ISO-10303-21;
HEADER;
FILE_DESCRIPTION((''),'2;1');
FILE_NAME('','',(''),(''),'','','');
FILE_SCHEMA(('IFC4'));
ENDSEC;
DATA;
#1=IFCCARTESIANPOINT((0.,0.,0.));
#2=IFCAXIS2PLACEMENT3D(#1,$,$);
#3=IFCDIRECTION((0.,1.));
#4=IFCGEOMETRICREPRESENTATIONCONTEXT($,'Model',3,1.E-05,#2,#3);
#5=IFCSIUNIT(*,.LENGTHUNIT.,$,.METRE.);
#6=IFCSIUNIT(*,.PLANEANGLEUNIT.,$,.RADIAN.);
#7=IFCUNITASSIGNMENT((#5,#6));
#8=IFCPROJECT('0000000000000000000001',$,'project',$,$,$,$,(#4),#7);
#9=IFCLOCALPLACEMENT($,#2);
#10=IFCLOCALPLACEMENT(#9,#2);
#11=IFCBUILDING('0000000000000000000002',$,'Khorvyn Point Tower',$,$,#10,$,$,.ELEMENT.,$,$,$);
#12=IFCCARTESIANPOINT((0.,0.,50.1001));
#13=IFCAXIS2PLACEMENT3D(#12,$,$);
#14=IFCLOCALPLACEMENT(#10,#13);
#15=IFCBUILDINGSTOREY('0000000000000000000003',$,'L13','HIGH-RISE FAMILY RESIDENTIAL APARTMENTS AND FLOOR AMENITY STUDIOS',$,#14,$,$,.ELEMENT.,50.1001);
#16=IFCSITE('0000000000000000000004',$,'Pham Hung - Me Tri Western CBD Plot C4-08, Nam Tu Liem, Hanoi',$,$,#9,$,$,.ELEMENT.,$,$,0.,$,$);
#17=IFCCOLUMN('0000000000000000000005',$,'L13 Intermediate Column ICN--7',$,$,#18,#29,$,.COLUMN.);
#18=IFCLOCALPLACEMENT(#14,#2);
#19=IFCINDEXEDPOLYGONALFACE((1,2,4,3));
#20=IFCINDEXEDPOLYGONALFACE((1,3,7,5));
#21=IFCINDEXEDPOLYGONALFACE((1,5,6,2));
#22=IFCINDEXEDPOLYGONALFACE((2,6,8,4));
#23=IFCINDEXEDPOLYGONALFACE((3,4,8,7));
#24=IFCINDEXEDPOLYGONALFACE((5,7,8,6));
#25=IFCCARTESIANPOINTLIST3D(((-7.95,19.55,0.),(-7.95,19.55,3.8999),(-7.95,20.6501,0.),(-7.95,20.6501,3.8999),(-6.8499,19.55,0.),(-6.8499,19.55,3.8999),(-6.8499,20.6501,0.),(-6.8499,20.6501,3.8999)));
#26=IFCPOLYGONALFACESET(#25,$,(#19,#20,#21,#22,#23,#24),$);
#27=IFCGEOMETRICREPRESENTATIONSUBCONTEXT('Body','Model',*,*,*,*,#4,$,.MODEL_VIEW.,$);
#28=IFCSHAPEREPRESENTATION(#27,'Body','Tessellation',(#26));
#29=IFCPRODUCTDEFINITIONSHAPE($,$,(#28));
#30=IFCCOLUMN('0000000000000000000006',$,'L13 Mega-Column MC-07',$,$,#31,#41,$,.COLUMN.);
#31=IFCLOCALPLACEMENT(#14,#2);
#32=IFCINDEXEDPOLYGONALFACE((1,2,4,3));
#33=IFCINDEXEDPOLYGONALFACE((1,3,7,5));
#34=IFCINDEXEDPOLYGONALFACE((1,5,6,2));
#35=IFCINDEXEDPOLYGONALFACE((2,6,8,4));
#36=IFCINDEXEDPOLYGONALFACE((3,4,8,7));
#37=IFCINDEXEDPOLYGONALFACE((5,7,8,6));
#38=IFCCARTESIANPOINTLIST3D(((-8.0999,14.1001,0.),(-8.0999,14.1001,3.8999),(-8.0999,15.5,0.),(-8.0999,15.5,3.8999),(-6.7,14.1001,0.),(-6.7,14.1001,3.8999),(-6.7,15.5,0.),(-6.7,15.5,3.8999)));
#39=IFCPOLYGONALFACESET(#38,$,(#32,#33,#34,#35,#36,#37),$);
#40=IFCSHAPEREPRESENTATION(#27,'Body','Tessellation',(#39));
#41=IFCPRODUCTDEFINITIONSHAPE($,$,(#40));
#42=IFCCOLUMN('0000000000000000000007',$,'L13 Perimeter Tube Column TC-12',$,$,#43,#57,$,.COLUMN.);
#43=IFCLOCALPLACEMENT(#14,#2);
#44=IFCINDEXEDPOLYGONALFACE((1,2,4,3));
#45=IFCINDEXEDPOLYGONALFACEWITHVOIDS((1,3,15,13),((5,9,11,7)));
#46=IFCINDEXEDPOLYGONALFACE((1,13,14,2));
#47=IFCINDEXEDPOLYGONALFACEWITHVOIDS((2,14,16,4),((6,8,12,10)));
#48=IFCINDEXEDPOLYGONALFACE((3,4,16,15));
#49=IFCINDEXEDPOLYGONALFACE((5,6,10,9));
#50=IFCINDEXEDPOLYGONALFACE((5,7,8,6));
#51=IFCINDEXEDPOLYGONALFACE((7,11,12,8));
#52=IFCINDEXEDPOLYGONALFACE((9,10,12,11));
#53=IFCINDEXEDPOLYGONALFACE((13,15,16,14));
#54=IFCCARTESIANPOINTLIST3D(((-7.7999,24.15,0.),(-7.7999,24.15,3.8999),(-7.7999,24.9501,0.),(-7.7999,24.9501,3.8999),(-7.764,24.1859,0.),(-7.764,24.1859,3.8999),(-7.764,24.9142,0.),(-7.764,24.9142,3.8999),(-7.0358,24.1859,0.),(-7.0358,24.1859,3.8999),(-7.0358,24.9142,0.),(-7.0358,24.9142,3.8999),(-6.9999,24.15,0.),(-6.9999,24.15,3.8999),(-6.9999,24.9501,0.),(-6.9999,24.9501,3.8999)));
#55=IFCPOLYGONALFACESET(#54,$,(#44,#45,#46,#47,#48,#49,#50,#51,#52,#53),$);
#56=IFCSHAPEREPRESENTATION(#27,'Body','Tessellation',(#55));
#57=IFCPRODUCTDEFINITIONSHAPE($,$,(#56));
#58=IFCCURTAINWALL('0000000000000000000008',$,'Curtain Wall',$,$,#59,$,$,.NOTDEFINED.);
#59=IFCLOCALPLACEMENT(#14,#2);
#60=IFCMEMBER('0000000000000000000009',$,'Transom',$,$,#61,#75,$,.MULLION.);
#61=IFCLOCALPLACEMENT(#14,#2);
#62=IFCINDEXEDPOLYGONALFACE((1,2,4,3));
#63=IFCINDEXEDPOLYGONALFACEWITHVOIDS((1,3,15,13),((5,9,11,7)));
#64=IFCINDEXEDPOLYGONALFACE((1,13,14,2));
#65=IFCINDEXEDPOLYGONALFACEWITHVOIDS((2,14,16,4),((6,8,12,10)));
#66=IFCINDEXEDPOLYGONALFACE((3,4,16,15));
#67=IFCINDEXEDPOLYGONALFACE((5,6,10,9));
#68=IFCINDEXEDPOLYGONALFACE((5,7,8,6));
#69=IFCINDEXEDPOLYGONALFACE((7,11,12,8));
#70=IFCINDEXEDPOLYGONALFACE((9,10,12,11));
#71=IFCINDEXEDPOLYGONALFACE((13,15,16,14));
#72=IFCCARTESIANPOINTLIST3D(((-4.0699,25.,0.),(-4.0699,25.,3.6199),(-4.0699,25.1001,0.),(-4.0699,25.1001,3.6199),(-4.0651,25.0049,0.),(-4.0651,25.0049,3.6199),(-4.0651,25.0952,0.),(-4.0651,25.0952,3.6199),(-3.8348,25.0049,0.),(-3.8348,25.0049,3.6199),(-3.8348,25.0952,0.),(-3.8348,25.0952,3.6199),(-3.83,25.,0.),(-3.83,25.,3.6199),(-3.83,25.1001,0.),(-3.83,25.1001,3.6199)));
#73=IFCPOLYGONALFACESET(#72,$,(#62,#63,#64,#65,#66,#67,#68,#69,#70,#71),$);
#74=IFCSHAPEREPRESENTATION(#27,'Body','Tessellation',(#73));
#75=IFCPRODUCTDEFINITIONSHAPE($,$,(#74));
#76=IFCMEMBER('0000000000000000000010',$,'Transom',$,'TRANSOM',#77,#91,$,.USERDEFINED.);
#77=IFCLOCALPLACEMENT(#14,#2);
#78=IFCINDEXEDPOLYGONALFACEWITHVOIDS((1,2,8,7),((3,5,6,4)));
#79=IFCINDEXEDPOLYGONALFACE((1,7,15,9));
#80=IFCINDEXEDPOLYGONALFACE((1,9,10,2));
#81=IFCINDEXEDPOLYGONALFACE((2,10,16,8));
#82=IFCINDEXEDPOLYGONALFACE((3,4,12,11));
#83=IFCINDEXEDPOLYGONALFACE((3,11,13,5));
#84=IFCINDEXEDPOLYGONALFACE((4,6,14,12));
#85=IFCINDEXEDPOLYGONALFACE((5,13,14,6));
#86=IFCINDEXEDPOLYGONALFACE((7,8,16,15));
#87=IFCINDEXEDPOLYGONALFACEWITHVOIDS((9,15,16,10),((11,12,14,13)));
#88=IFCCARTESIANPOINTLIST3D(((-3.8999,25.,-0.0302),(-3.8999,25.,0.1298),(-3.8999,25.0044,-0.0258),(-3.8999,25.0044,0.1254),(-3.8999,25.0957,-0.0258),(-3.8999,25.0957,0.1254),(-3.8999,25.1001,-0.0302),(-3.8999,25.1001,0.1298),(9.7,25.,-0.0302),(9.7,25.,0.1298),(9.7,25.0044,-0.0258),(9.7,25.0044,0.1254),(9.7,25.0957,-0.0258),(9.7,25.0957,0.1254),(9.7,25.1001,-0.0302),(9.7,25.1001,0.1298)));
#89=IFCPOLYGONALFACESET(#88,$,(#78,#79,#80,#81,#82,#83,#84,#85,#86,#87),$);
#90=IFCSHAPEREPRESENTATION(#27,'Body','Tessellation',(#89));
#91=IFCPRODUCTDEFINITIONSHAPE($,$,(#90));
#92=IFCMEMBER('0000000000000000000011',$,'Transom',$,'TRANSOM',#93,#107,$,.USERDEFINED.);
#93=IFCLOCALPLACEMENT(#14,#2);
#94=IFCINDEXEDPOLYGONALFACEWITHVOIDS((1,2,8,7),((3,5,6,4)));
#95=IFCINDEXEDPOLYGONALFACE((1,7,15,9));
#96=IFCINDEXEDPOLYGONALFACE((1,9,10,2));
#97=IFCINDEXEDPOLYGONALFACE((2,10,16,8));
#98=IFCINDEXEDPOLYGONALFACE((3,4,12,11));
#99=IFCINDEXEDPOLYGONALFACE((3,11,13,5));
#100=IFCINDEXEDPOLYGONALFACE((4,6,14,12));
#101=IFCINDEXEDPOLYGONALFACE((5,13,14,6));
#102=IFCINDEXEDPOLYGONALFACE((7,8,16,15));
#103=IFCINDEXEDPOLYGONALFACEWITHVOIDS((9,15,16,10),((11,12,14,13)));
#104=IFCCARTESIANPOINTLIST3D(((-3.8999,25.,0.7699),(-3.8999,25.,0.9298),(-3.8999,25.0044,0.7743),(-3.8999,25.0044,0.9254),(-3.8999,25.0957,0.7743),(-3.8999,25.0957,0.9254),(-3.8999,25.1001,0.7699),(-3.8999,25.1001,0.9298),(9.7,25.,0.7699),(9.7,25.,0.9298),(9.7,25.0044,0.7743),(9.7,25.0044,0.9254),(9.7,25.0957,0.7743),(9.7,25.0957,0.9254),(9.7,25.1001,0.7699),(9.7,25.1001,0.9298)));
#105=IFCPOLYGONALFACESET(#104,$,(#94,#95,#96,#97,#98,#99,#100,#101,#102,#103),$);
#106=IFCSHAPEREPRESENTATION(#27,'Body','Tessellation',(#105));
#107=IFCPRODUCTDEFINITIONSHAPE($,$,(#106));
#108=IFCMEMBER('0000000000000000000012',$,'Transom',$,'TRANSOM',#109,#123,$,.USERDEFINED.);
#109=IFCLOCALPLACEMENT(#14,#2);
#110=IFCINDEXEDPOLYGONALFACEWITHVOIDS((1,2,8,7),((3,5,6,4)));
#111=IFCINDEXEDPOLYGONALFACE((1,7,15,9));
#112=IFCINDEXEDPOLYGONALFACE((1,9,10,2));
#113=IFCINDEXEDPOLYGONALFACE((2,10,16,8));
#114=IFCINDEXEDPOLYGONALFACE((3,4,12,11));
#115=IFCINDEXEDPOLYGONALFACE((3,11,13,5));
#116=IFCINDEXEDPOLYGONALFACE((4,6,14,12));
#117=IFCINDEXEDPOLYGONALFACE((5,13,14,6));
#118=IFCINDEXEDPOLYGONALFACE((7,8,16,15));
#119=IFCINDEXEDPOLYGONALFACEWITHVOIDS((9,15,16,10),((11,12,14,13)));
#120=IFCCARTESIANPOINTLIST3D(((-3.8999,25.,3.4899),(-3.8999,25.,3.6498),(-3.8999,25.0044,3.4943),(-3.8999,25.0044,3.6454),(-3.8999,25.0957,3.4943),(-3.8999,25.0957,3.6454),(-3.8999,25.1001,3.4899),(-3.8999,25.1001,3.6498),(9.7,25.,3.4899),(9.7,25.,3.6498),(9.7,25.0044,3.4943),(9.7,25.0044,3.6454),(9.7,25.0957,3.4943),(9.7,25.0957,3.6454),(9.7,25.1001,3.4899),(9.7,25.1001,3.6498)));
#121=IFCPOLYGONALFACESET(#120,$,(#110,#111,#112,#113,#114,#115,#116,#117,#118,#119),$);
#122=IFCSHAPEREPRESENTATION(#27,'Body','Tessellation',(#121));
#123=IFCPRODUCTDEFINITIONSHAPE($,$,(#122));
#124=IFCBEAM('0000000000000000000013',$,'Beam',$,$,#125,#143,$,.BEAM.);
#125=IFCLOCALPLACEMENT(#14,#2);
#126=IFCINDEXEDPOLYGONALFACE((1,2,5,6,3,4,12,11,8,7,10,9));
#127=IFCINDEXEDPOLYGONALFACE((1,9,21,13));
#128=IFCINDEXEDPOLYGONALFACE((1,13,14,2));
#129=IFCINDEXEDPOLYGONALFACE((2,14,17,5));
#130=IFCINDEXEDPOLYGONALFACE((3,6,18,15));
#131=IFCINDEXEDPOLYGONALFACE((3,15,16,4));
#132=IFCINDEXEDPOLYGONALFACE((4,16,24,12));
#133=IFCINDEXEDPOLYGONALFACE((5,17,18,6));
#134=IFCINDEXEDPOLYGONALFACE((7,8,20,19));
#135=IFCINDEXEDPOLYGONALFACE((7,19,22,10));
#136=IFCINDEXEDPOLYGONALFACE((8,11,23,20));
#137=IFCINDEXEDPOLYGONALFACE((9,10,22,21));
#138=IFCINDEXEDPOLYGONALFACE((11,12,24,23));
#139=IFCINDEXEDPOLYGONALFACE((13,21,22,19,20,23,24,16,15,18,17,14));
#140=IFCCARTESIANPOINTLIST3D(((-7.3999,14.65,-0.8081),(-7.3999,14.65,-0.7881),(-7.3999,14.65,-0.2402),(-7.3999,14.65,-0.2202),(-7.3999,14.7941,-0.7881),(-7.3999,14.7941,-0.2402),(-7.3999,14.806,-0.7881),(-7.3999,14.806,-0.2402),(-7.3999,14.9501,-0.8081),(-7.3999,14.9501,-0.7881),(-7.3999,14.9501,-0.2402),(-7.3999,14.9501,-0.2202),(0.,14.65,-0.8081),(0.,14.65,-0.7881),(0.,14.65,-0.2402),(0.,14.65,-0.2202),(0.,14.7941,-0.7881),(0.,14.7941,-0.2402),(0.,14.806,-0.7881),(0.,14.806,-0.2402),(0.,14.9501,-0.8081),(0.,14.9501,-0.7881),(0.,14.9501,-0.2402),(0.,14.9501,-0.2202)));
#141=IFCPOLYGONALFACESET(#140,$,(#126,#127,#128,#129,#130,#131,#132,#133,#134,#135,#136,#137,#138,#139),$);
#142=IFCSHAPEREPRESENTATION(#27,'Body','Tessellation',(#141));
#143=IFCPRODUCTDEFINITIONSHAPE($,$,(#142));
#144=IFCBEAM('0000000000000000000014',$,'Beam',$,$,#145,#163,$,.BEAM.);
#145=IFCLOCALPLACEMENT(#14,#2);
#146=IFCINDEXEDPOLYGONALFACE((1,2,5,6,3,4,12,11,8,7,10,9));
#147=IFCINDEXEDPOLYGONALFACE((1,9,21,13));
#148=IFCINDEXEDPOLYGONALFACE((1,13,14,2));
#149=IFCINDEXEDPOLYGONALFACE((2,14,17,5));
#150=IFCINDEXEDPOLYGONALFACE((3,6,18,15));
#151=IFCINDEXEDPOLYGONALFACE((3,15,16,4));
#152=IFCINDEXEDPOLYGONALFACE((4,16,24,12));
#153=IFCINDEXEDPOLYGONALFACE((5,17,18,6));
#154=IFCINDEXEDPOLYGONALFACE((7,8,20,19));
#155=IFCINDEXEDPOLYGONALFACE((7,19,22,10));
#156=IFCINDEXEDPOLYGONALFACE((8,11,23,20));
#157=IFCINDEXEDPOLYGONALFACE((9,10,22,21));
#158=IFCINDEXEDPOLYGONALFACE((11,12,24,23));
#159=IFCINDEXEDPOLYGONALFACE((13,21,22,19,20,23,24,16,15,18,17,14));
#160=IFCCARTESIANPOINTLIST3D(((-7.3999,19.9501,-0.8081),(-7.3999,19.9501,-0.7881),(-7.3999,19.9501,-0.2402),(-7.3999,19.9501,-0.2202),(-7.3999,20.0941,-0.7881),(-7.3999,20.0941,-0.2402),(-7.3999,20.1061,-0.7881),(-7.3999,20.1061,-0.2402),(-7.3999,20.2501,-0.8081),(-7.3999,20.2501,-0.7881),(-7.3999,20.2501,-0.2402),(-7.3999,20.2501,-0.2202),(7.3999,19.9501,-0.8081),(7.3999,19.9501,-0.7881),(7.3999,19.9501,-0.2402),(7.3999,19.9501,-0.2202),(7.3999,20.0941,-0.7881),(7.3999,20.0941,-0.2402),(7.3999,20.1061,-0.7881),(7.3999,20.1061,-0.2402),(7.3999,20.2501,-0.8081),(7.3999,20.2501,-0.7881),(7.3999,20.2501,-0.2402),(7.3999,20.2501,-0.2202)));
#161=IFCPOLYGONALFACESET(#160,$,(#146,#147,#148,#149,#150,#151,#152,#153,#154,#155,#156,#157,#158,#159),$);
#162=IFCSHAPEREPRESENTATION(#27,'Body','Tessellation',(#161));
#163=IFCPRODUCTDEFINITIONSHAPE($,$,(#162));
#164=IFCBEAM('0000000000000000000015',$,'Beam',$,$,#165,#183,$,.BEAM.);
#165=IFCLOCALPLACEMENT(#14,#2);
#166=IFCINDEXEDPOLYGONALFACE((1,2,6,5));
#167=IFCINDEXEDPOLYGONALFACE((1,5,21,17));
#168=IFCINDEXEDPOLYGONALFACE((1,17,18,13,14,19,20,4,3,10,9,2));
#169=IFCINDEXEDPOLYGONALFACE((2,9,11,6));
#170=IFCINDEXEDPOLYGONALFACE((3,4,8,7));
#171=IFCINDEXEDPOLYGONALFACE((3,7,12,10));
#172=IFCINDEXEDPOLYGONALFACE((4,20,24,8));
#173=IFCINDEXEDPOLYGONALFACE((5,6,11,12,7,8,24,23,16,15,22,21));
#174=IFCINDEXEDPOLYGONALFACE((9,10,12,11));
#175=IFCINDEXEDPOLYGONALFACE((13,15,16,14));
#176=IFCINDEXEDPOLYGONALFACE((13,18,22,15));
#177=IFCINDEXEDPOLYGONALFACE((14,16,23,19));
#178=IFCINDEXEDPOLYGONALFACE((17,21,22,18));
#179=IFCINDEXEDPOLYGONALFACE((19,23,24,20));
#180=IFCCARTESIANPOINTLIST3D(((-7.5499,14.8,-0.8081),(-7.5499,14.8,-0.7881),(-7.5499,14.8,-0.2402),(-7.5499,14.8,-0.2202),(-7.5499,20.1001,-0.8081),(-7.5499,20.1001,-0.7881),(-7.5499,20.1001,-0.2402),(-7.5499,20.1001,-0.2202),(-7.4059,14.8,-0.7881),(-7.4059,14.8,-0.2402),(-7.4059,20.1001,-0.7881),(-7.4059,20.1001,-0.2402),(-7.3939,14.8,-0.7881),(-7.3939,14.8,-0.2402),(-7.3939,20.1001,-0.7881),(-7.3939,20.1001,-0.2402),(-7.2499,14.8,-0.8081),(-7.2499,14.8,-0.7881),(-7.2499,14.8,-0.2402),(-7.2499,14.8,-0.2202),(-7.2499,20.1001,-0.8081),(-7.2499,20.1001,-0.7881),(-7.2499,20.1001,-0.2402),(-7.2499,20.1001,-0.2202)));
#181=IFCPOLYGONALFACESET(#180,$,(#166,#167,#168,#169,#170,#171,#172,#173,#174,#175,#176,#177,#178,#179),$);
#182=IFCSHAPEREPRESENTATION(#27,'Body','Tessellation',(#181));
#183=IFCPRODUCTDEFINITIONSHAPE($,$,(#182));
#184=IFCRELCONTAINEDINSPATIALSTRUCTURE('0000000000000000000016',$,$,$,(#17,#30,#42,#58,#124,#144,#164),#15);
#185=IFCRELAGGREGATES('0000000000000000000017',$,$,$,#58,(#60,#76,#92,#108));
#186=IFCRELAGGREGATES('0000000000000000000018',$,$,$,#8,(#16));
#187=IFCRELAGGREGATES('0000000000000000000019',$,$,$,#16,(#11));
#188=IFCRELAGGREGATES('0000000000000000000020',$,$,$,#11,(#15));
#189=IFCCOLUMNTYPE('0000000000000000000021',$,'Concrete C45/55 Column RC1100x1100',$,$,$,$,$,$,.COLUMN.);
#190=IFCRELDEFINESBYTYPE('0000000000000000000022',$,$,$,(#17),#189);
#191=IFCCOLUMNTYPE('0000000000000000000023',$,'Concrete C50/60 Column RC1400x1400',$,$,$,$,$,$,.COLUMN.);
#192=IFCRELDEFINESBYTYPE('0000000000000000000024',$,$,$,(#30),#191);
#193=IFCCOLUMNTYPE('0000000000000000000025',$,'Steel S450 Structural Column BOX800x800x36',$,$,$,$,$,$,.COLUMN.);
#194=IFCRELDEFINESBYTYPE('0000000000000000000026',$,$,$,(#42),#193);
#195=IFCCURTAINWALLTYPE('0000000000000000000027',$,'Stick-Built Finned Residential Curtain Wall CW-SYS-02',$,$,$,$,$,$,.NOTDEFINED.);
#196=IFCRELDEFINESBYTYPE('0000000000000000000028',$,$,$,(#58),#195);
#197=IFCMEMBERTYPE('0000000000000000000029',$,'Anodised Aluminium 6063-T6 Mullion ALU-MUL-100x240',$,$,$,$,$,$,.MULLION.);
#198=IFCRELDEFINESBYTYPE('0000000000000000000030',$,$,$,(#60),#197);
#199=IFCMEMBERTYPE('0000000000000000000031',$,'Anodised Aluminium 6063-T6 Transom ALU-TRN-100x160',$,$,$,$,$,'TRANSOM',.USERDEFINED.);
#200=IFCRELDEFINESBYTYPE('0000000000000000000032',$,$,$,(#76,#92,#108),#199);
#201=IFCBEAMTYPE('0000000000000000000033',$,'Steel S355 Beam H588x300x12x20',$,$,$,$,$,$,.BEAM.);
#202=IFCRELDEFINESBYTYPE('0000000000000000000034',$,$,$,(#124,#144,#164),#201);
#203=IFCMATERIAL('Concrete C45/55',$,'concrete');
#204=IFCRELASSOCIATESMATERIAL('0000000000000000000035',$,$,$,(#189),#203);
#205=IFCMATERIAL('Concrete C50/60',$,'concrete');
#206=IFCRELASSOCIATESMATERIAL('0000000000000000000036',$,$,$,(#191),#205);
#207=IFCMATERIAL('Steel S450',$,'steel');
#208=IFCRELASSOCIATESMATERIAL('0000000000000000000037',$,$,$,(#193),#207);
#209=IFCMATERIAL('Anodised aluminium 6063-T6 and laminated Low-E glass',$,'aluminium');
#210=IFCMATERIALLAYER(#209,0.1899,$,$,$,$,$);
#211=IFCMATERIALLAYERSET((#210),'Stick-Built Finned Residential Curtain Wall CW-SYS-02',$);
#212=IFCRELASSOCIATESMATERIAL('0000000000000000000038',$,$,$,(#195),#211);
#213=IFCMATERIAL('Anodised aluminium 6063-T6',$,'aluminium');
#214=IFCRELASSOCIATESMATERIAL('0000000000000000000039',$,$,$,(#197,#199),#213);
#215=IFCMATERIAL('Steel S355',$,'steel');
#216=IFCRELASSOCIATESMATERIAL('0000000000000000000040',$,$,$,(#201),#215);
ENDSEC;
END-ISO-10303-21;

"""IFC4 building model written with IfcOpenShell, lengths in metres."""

from ifc_helpers import new_model, si_unit, direction, frame, origin, origin_2d, place, context, subcontext, project, spatial, rectangle, hollow_rectangle, i_section, extrude, material, layer, layer_set, material_profile, profile_set, type_object, element, aggregate, save


model = new_model("IFC4")

# Units and contexts
model_context = context("Model", 3, precision=1e-05, world=origin(), true_north=direction((0.0, 1.0)))
body_context = subcontext(model_context, "Body", "Model", "MODEL_VIEW")
ifc_project = project(units=[si_unit("LENGTHUNIT", "METRE"), si_unit("PLANEANGLEUNIT", "RADIAN")], contexts=[model_context])

# Site, building, storey
site_placement = place(None, origin())
site = spatial("IfcSite", under=ifc_project, at=site_placement, Name="Pham Hung - Me Tri Western CBD Plot C4-08, Nam Tu Liem, Hanoi", CompositionType="ELEMENT", RefElevation=0.0)
building_placement = place(site_placement, origin())
building = spatial("IfcBuilding", under=site, at=building_placement, Name="Khorvyn Point Tower", CompositionType="ELEMENT")
storey_placement = place(building_placement, frame((0.0, 0.0, 50.1001)))
storey = spatial("IfcBuildingStorey", under=building, at=storey_placement, Name="L13", Description="HIGH-RISE FAMILY RESIDENTIAL APARTMENTS AND FLOOR AMENITY STUDIOS", CompositionType="ELEMENT", Elevation=50.1001)

# Columns
ifc_material_1 = material(Name="Concrete C45/55", Category="concrete")
ifc_material_profile_1 = material_profile(ifc_material_1, rectangle(XDim=1.1001, YDim=1.1001, at=origin_2d()))
ifc_profile_set_1 = profile_set([ifc_material_profile_1], Name="Concrete C45/55 RC1100x1100")
column_type_1 = type_object("IfcColumnType", Name="Concrete C45/55 Column RC1100x1100", PredefinedType="COLUMN", material=ifc_profile_set_1)
column_1_placement = place(storey_placement, frame((-7.3999, 20.1001, 0.0), z_axis=(0.0, 0.0, 1.0), x_axis=(1.0, 0.0, 0.0)))
element("IfcColumn", 1, at=column_1_placement, inside=storey, type_object=column_type_1, Name="L13 Intermediate Column ICN--7", PredefinedType="COLUMN", context=body_context, shape_type="SweptSolid", body=[
    extrude(rectangle(XDim=1.1001, YDim=1.1001, at=origin_2d()), origin(), (0.0, 0.0, 1.0), 3.8999),
])
ifc_material_2 = material(Name="Concrete C50/60", Category="concrete")
ifc_material_profile_2 = material_profile(ifc_material_2, rectangle(XDim=1.3999, YDim=1.3999, at=origin_2d()))
ifc_profile_set_2 = profile_set([ifc_material_profile_2], Name="Concrete C50/60 RC1400x1400")
column_type_2 = type_object("IfcColumnType", Name="Concrete C50/60 Column RC1400x1400", PredefinedType="COLUMN", material=ifc_profile_set_2)
column_2_placement = place(storey_placement, frame((-7.3999, 14.8, 0.0), z_axis=(0.0, 0.0, 1.0), x_axis=(1.0, 0.0, 0.0)))
element("IfcColumn", 2, at=column_2_placement, inside=storey, type_object=column_type_2, Name="L13 Mega-Column MC-07", PredefinedType="COLUMN", context=body_context, shape_type="SweptSolid", body=[
    extrude(rectangle(XDim=1.3999, YDim=1.3999, at=origin_2d()), origin(), (0.0, 0.0, 1.0), 3.8999),
])
ifc_material_3 = material(Name="Steel S450", Category="steel")
ifc_material_profile_3 = material_profile(ifc_material_3, hollow_rectangle(XDim=0.8, YDim=0.8, WallThickness=0.0359, at=origin_2d()))
ifc_profile_set_3 = profile_set([ifc_material_profile_3], Name="Steel S450 BOX800x800x36")
column_type_3 = type_object("IfcColumnType", Name="Steel S450 Structural Column BOX800x800x36", PredefinedType="COLUMN", material=ifc_profile_set_3)
column_3_placement = place(storey_placement, frame((-7.3999, 24.55, 0.0), z_axis=(0.0, 0.0, 1.0), x_axis=(1.0, 0.0, 0.0)))
element("IfcColumn", 3, at=column_3_placement, inside=storey, type_object=column_type_3, Name="L13 Perimeter Tube Column TC-12", PredefinedType="COLUMN", context=body_context, shape_type="SweptSolid", body=[
    extrude(hollow_rectangle(XDim=0.8, YDim=0.8, WallThickness=0.0359, at=origin_2d()), origin(), (0.0, 0.0, 1.0), 3.8999),
])

# Curtain wall, members
ifc_material_4 = material(Name="Anodised aluminium 6063-T6 and laminated Low-E glass", Category="aluminium")
ifc_layer_1 = layer(ifc_material_4, 0.1899)
ifc_layer_set_1 = layer_set([ifc_layer_1], Name="Stick-Built Finned Residential Curtain Wall CW-SYS-02")
curtain_wall_type = type_object("IfcCurtainWallType", Name="Stick-Built Finned Residential Curtain Wall CW-SYS-02", PredefinedType="NOTDEFINED", material=ifc_layer_set_1)
curtain_wall_placement = place(storey_placement, origin())
curtain_wall = element("IfcCurtainWall", 4, at=curtain_wall_placement, inside=storey, type_object=curtain_wall_type, Name="Curtain Wall", PredefinedType="NOTDEFINED")
ifc_material_5 = material(Name="Anodised aluminium 6063-T6", Category="aluminium")
ifc_material_profile_4 = material_profile(ifc_material_5, hollow_rectangle(XDim=0.1001, YDim=0.24, WallThickness=0.0049, at=origin_2d()))
ifc_profile_set_4 = profile_set([ifc_material_profile_4], Name="Anodised aluminium 6063-T6 ALU-MUL-100x240")
member_type_1 = type_object("IfcMemberType", Name="Anodised Aluminium 6063-T6 Mullion ALU-MUL-100x240", PredefinedType="MULLION", material=ifc_profile_set_4)
member_1_placement = place(storey_placement, frame((-3.95, 25.05, 0.0), z_axis=(0.0, 0.0, 1.0), x_axis=(0.0, 1.0, 0.0)))
member_1 = element("IfcMember", 5, at=member_1_placement, type_object=member_type_1, Name="Transom", PredefinedType="MULLION", context=body_context, shape_type="SweptSolid", body=[
    extrude(hollow_rectangle(XDim=0.1001, YDim=0.24, WallThickness=0.0049, at=origin_2d()), origin(), (0.0, 0.0, 1.0), 3.6199),
])
ifc_material_profile_5 = material_profile(ifc_material_5, hollow_rectangle(XDim=0.1001, YDim=0.1599, WallThickness=0.0044, at=origin_2d()))
ifc_profile_set_5 = profile_set([ifc_material_profile_5], Name="Anodised aluminium 6063-T6 ALU-TRN-100x160")
member_type_2 = type_object("IfcMemberType", Name="Anodised Aluminium 6063-T6 Transom ALU-TRN-100x160", ElementType="TRANSOM", PredefinedType="USERDEFINED", material=ifc_profile_set_5)
member_2_placement = place(storey_placement, frame((-3.8999, 25.05, 0.0498), z_axis=(1.0, 0.0, 0.0), x_axis=(0.0, 1.0, 0.0)))
member_2 = element("IfcMember", 6, at=member_2_placement, type_object=member_type_2, Name="Transom", ObjectType="TRANSOM", PredefinedType="USERDEFINED", context=body_context, shape_type="SweptSolid", body=[
    extrude(hollow_rectangle(XDim=0.1001, YDim=0.1599, WallThickness=0.0044, at=origin_2d()), origin(), (0.0, 0.0, 1.0), 13.5999),
])
member_3_placement = place(storey_placement, frame((-3.8999, 25.05, 0.8499), z_axis=(1.0, 0.0, 0.0), x_axis=(0.0, 1.0, 0.0)))
member_3 = element("IfcMember", 7, at=member_3_placement, type_object=member_type_2, Name="Transom", ObjectType="TRANSOM", PredefinedType="USERDEFINED", context=body_context, shape_type="SweptSolid", body=[
    extrude(hollow_rectangle(XDim=0.1001, YDim=0.1599, WallThickness=0.0044, at=origin_2d()), origin(), (0.0, 0.0, 1.0), 13.5999),
])
member_4_placement = place(storey_placement, frame((-3.8999, 25.05, 3.5698), z_axis=(1.0, 0.0, 0.0), x_axis=(0.0, 1.0, 0.0)))
member_4 = element("IfcMember", 8, at=member_4_placement, type_object=member_type_2, Name="Transom", ObjectType="TRANSOM", PredefinedType="USERDEFINED", context=body_context, shape_type="SweptSolid", body=[
    extrude(hollow_rectangle(XDim=0.1001, YDim=0.1599, WallThickness=0.0044, at=origin_2d()), origin(), (0.0, 0.0, 1.0), 13.5999),
])

# Beams
ifc_material_6 = material(Name="Steel S355", Category="steel")
ifc_material_profile_6 = material_profile(ifc_material_6, i_section(OverallWidth=0.3, OverallDepth=0.5879, WebThickness=0.012, FlangeThickness=0.02, at=origin_2d()))
ifc_profile_set_6 = profile_set([ifc_material_profile_6], Name="Steel S355 H588x300x12x20")
beam_type_1 = type_object("IfcBeamType", Name="Steel S355 Beam H588x300x12x20", PredefinedType="BEAM", material=ifc_profile_set_6)
beam_1_placement = place(storey_placement, frame((-7.3999, 14.8, -0.5142), z_axis=(1.0, 0.0, 0.0), x_axis=(0.0, 1.0, 0.0)))
element("IfcBeam", 9, at=beam_1_placement, inside=storey, type_object=beam_type_1, Name="Beam", PredefinedType="BEAM", context=body_context, shape_type="SweptSolid", body=[
    extrude(i_section(OverallWidth=0.3, OverallDepth=0.5879, WebThickness=0.012, FlangeThickness=0.02, at=origin_2d()), origin(), (0.0, 0.0, 1.0), 7.3999),
])
beam_2_placement = place(storey_placement, frame((-7.3999, 20.1001, -0.5142), z_axis=(1.0, 0.0, 0.0), x_axis=(0.0, 1.0, 0.0)))
element("IfcBeam", 10, at=beam_2_placement, inside=storey, type_object=beam_type_1, Name="Beam", PredefinedType="BEAM", context=body_context, shape_type="SweptSolid", body=[
    extrude(i_section(OverallWidth=0.3, OverallDepth=0.5879, WebThickness=0.012, FlangeThickness=0.02, at=origin_2d()), origin(), (0.0, 0.0, 1.0), 14.7998),
])
beam_3_placement = place(storey_placement, frame((-7.3999, 14.8, -0.5142), z_axis=(0.0, 1.0, 0.0), x_axis=(-1.0, 0.0, 0.0)))
element("IfcBeam", 11, at=beam_3_placement, inside=storey, type_object=beam_type_1, Name="Beam", PredefinedType="BEAM", context=body_context, shape_type="SweptSolid", body=[
    extrude(i_section(OverallWidth=0.3, OverallDepth=0.5879, WebThickness=0.012, FlangeThickness=0.02, at=origin_2d()), origin(), (0.0, 0.0, 1.0), 5.3),
])

aggregate(curtain_wall, [member_1, member_2, member_3, member_4])

save(model, "model.ifc")
